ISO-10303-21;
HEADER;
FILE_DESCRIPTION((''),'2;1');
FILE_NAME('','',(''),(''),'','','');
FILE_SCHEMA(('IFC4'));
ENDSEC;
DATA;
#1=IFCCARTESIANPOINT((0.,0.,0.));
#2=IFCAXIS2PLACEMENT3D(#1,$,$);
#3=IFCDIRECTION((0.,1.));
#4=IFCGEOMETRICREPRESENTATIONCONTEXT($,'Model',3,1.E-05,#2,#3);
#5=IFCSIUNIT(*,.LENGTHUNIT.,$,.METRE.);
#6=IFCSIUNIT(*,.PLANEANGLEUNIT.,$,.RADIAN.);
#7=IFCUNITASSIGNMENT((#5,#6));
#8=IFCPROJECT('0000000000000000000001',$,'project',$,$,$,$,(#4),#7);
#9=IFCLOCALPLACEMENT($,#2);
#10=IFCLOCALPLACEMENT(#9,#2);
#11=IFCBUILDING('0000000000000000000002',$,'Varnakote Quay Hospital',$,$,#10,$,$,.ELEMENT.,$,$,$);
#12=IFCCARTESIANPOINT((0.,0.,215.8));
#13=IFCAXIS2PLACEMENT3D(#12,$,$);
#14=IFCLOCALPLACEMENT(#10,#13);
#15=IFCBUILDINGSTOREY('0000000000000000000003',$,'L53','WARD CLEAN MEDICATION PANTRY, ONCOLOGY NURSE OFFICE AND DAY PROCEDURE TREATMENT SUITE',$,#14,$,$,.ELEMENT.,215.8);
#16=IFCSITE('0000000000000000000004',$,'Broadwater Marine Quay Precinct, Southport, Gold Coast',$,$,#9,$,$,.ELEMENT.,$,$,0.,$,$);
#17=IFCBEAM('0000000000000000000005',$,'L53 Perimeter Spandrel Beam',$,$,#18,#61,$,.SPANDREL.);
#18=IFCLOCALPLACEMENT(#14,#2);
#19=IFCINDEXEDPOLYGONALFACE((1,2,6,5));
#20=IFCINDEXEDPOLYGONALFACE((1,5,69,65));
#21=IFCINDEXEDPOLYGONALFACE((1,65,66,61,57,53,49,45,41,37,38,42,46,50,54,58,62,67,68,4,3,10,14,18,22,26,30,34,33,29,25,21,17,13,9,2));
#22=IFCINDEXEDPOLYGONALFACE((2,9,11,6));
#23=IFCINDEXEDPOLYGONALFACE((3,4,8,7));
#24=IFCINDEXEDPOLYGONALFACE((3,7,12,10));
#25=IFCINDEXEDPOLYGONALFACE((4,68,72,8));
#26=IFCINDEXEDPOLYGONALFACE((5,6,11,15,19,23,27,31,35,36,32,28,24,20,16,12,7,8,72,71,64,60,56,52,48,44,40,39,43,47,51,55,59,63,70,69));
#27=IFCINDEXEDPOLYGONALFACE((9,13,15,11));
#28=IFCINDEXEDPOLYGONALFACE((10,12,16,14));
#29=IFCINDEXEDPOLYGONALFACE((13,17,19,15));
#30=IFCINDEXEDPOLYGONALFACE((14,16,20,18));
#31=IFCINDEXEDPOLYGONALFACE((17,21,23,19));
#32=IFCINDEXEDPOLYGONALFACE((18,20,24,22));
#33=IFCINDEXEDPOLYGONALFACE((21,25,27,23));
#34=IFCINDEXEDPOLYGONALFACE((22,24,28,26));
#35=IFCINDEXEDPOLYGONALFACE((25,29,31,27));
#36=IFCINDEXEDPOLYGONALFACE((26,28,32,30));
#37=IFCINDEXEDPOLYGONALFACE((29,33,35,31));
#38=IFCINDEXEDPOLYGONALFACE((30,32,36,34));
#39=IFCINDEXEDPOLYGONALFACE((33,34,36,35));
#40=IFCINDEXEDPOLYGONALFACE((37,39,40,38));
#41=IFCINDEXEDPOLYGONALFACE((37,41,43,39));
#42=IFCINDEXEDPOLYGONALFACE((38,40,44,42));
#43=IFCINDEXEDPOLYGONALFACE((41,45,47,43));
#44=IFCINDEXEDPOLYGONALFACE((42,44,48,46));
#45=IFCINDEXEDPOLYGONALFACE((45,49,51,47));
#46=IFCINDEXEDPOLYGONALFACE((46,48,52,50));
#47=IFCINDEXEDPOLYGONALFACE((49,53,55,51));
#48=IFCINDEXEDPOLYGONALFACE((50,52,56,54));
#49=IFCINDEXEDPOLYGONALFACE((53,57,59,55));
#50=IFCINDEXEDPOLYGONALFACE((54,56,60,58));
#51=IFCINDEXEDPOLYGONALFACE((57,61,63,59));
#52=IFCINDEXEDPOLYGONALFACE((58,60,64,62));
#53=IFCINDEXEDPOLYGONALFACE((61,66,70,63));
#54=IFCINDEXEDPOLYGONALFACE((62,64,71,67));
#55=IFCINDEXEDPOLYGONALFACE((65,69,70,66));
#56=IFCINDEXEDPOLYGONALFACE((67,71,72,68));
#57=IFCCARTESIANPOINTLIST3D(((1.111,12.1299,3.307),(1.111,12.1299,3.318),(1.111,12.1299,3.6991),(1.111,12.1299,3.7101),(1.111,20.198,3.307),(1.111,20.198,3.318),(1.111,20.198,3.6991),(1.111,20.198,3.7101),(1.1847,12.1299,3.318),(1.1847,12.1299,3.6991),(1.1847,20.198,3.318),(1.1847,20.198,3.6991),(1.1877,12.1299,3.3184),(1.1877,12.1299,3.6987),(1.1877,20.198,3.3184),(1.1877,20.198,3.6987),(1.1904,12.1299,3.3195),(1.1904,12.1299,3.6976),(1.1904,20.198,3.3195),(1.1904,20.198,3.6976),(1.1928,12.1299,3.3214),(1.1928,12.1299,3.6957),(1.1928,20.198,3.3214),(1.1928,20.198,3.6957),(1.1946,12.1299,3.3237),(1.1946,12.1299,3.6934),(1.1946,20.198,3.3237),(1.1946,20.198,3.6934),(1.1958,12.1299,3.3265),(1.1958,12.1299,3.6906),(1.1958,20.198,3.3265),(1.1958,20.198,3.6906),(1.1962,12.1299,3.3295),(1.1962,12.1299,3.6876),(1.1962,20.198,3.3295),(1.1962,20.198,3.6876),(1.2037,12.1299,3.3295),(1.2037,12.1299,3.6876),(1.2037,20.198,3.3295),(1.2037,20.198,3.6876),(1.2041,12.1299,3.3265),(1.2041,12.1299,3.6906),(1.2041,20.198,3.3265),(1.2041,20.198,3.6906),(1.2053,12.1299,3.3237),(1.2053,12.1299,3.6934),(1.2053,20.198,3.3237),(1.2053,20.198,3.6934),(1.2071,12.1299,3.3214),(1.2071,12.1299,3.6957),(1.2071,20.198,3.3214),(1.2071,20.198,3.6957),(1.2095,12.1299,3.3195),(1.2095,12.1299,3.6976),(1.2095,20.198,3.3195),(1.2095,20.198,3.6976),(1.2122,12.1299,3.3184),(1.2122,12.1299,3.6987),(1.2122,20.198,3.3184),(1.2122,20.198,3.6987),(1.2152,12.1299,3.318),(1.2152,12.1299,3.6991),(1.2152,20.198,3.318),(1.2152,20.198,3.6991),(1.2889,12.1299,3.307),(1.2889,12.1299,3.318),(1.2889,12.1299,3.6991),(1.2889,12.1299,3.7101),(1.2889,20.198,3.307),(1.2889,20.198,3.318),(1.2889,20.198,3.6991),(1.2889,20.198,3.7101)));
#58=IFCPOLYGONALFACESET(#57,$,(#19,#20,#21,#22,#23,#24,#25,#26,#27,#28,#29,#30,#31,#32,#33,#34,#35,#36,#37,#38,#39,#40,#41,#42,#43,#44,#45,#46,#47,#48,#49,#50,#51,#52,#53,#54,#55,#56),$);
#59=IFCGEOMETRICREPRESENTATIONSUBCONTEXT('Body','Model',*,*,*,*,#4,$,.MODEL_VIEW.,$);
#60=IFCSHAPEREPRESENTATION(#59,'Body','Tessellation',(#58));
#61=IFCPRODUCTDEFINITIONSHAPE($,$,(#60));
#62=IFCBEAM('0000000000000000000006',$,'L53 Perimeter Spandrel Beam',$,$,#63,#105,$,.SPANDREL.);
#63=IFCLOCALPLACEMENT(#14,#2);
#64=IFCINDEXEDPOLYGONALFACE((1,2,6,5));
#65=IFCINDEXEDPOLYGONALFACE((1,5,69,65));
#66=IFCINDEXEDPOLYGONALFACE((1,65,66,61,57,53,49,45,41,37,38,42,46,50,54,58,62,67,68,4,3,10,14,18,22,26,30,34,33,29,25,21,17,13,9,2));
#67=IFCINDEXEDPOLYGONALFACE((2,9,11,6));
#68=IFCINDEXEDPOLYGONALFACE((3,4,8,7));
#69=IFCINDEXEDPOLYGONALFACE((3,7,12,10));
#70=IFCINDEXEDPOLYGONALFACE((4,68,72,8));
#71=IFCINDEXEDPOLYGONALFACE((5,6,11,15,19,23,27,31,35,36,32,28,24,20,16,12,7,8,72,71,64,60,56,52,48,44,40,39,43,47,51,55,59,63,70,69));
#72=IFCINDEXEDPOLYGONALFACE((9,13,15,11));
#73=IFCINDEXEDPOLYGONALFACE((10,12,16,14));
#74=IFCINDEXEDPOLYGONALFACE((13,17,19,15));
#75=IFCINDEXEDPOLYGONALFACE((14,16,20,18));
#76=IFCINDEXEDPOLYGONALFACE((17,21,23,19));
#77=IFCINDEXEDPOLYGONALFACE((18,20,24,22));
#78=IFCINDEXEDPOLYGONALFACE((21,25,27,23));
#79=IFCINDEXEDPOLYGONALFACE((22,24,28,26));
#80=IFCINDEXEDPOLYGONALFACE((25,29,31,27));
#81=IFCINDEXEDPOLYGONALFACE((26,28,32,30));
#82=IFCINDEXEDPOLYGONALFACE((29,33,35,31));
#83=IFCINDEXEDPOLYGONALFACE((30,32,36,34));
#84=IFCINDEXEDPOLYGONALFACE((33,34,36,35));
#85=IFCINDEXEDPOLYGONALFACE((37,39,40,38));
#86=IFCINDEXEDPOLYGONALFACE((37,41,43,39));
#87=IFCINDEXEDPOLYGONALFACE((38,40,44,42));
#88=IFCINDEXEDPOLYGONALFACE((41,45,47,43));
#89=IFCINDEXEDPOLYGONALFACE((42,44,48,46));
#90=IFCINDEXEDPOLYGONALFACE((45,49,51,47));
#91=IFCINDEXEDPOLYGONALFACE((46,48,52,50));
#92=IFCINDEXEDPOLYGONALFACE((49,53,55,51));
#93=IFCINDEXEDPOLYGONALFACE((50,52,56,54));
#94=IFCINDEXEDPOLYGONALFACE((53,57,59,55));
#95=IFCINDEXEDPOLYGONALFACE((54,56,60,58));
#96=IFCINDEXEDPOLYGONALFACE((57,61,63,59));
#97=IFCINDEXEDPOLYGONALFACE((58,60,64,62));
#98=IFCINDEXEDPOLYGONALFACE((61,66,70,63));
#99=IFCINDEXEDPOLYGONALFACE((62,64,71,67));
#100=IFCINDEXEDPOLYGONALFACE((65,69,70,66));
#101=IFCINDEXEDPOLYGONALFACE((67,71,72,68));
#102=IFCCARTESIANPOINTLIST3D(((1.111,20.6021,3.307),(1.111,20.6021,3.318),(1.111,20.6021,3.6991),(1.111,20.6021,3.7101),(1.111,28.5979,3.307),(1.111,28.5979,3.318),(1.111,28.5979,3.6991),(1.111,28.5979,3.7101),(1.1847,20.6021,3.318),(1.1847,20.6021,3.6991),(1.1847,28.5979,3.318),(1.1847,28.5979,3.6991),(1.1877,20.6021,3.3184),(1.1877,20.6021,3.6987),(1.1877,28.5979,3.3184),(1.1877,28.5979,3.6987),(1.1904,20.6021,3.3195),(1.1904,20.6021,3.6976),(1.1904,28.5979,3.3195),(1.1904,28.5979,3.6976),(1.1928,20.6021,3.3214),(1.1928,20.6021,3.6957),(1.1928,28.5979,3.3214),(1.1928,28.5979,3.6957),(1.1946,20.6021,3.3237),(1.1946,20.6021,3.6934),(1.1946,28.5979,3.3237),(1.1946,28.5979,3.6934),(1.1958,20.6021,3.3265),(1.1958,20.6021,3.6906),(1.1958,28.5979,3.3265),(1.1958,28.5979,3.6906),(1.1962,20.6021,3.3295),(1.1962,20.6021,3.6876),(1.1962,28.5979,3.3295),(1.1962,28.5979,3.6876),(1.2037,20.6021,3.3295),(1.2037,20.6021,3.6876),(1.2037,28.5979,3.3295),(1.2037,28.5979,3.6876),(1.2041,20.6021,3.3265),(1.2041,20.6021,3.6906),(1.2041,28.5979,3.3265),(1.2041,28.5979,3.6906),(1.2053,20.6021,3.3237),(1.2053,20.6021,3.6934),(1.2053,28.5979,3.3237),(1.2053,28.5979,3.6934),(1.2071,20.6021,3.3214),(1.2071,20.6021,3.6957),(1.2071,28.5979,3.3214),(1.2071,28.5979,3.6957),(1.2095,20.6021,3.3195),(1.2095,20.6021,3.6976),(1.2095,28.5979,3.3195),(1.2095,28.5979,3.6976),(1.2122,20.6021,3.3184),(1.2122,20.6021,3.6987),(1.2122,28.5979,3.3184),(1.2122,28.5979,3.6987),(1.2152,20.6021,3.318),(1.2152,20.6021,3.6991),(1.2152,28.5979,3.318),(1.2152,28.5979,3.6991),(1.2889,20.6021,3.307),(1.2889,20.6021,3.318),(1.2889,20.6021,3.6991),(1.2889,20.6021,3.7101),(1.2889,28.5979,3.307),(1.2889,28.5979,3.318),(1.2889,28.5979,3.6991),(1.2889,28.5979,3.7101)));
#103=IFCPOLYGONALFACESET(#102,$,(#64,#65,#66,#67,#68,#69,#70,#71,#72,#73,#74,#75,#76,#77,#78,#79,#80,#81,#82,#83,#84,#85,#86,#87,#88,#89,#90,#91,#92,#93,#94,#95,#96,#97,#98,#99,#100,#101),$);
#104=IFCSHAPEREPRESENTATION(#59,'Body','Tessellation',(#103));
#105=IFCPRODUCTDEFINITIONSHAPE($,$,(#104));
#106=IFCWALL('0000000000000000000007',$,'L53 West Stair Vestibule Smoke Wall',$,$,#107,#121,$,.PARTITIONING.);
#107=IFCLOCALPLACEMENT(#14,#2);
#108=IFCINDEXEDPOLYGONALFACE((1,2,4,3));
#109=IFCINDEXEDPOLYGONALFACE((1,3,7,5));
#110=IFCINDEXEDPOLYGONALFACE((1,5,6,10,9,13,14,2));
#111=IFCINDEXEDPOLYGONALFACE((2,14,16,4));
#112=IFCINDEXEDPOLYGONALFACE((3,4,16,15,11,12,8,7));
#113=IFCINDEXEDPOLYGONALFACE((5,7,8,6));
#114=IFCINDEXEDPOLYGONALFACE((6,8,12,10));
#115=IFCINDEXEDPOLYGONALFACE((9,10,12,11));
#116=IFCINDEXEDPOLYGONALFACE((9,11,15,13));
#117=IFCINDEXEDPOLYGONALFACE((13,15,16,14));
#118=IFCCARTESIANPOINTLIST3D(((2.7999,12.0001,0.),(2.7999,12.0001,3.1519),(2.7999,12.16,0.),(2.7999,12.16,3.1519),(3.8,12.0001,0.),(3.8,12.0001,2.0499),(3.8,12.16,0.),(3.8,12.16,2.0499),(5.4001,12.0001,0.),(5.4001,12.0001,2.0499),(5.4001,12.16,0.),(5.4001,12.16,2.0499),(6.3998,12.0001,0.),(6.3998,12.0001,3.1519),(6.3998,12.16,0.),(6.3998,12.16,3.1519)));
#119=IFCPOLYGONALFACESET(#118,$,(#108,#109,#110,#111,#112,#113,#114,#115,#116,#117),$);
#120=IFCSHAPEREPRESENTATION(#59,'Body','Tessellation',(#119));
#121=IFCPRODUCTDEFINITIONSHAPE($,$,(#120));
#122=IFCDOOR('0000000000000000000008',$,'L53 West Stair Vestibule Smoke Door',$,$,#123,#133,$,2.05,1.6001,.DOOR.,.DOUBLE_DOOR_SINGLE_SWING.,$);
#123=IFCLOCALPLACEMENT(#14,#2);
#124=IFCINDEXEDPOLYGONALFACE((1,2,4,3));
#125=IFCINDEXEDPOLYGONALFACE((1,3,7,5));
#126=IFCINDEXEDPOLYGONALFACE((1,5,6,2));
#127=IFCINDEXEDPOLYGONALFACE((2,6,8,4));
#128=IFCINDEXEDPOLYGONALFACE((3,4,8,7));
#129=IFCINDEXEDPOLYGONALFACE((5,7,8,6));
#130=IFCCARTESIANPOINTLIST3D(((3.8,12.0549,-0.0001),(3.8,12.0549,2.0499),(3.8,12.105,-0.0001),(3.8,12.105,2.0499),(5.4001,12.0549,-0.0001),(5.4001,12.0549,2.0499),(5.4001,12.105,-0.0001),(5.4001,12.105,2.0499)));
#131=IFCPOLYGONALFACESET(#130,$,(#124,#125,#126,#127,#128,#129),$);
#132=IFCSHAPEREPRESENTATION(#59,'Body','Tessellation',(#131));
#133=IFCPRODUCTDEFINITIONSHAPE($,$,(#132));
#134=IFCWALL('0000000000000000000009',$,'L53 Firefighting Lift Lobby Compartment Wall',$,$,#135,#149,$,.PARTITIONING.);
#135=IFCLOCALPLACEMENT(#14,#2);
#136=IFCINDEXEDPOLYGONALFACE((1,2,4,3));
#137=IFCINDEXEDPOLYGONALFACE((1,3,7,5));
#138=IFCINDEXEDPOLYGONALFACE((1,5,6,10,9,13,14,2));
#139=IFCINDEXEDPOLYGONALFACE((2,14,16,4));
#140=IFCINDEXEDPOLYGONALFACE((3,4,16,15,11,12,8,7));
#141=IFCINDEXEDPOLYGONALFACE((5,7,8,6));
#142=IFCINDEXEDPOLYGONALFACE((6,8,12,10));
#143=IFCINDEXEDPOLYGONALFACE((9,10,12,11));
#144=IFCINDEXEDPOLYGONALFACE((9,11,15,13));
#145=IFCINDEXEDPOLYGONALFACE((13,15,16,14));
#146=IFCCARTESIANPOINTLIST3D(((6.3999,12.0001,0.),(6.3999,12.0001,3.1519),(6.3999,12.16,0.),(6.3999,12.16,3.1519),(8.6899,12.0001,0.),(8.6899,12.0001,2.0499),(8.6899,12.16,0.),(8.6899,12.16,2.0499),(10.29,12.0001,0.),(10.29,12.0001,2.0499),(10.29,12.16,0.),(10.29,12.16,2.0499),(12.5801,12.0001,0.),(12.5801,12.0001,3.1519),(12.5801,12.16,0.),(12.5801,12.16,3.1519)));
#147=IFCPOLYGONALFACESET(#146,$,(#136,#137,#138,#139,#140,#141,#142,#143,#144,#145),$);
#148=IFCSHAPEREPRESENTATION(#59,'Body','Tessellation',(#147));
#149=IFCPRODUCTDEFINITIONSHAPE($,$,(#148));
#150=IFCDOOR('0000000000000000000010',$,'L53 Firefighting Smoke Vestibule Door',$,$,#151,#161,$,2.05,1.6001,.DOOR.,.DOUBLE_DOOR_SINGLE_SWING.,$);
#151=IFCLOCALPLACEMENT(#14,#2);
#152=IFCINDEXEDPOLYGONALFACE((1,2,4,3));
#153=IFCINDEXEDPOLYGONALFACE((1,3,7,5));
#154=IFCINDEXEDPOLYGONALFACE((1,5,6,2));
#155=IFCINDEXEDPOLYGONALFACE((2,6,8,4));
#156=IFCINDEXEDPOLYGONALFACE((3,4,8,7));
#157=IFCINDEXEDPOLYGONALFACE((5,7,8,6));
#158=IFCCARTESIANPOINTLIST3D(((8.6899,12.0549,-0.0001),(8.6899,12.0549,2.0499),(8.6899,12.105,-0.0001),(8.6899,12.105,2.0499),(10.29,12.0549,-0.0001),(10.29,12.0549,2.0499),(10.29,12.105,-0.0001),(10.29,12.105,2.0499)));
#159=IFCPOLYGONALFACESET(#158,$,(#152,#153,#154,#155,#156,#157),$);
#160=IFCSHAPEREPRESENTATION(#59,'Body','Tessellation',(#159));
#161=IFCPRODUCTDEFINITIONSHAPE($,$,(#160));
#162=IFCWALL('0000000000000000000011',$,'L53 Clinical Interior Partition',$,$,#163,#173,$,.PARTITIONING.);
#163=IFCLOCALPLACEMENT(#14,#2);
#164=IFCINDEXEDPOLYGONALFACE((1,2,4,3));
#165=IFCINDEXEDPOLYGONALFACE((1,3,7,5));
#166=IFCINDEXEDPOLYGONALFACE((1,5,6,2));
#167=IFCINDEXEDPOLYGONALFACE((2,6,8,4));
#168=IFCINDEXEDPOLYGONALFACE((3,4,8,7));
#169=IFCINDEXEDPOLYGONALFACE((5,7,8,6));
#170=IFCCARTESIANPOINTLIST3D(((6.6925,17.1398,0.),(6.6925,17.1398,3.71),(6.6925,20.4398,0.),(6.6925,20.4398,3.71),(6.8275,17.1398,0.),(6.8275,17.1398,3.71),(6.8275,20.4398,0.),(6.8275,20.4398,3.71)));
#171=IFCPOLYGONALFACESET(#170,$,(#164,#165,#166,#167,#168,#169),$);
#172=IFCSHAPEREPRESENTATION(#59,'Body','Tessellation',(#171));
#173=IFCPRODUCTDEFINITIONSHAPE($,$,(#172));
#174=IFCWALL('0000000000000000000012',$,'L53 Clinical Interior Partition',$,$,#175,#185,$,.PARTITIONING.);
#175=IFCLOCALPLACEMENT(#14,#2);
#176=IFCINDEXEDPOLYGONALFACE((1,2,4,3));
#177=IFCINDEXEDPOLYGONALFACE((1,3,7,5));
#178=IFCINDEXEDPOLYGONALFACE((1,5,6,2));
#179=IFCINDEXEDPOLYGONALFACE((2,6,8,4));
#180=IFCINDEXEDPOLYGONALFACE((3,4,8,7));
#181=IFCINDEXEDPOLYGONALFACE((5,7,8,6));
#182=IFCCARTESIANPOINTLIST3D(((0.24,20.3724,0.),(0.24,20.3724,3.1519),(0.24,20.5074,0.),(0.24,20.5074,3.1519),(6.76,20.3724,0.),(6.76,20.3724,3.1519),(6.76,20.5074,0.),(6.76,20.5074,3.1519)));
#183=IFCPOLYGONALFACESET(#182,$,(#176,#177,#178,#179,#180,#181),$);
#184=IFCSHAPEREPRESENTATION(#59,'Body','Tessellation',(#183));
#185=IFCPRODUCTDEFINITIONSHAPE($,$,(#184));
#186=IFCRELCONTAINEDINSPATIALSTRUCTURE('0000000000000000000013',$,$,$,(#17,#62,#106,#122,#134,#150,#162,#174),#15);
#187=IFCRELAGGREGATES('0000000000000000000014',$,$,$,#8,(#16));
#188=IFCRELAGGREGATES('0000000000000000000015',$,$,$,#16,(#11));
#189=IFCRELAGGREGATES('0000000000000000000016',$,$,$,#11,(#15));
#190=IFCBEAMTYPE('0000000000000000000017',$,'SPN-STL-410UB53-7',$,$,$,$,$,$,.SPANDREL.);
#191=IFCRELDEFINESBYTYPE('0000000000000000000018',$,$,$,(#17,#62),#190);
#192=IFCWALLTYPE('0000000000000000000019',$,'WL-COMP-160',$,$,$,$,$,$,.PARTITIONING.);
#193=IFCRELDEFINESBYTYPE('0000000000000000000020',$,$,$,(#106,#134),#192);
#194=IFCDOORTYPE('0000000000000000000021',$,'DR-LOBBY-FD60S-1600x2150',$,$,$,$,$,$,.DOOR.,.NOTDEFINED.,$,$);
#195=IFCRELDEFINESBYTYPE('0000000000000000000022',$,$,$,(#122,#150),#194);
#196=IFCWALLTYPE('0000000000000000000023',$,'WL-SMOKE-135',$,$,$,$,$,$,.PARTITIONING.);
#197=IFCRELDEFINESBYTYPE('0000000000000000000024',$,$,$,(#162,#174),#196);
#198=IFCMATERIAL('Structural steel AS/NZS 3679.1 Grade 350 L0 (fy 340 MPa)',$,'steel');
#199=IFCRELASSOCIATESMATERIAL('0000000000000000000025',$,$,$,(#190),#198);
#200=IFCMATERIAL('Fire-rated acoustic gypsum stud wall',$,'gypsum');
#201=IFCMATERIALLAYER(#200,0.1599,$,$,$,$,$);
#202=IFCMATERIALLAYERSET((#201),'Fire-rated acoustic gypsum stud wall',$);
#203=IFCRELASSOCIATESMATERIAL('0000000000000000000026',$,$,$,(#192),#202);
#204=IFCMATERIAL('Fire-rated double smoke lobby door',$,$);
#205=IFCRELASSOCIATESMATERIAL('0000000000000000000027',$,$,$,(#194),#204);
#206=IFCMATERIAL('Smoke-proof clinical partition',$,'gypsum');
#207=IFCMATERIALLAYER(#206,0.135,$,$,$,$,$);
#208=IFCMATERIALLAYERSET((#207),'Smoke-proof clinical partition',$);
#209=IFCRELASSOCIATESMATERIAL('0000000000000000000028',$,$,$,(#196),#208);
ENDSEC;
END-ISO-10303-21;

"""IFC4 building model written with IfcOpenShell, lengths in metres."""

from ifc_helpers import new_model, si_unit, direction, frame, frame_2d, origin, origin_2d, place, context, subcontext, project, spatial, rectangle, i_section, extrude, material, layer, layer_set, material_profile, profile_set, type_object, element, fill, save


model = new_model("IFC4")

# Units and contexts
model_context = context("Model", 3, precision=1e-05, world=origin(), true_north=direction((0.0, 1.0)))
body_context = subcontext(model_context, "Body", "Model", "MODEL_VIEW")
ifc_project = project(units=[si_unit("LENGTHUNIT", "METRE"), si_unit("PLANEANGLEUNIT", "RADIAN")], contexts=[model_context])

# Site, building, storey
site_placement = place(None, origin())
site = spatial("IfcSite", under=ifc_project, at=site_placement, Name="Broadwater Marine Quay Precinct, Southport, Gold Coast", CompositionType="ELEMENT", RefElevation=0.0)
building_placement = place(site_placement, origin())
building = spatial("IfcBuilding", under=site, at=building_placement, Name="Varnakote Quay Hospital", CompositionType="ELEMENT")
storey_placement = place(building_placement, frame((0.0, 0.0, 215.8)))
storey = spatial("IfcBuildingStorey", under=building, at=storey_placement, Name="L53", Description="WARD CLEAN MEDICATION PANTRY, ONCOLOGY NURSE OFFICE AND DAY PROCEDURE TREATMENT SUITE", CompositionType="ELEMENT", Elevation=215.8)

# Beams
ifc_material_1 = material(Name="Structural steel AS/NZS 3679.1 Grade 350 L0 (fy 340 MPa)", Category="steel")
ifc_material_profile_1 = material_profile(ifc_material_1, i_section(OverallWidth=0.178, OverallDepth=0.4031, WebThickness=0.0076, FlangeThickness=0.011, FilletRadius=0.0115, at=origin_2d()), Name="410UB53.7")
ifc_profile_set_1 = profile_set([ifc_material_profile_1], Name="Structural steel AS/NZS 3679.1 Grade 350 L0 (fy 340 MPa)")
beam_type_1 = type_object("IfcBeamType", Name="SPN-STL-410UB53-7", PredefinedType="SPANDREL", material=ifc_profile_set_1)
beam_1_placement = place(storey_placement, frame((1.2, 12.1299, 3.5085), z_axis=(0.0, 1.0, 0.0), x_axis=(-1.0, 0.0, 0.0)))
element("IfcBeam", 1, at=beam_1_placement, inside=storey, type_object=beam_type_1, Name="L53 Perimeter Spandrel Beam", PredefinedType="SPANDREL", context=body_context, shape_type="SweptSolid", body=[
    extrude(i_section(OverallWidth=0.178, OverallDepth=0.4031, WebThickness=0.0076, FlangeThickness=0.011, FilletRadius=0.0115, at=origin_2d()), origin(), (0.0, 0.0, 1.0), 8.0681),
])
beam_2_placement = place(storey_placement, frame((1.2, 20.6021, 3.5085), z_axis=(0.0, 1.0, 0.0), x_axis=(-1.0, 0.0, 0.0)))
element("IfcBeam", 2, at=beam_2_placement, inside=storey, type_object=beam_type_1, Name="L53 Perimeter Spandrel Beam", PredefinedType="SPANDREL", context=body_context, shape_type="SweptSolid", body=[
    extrude(i_section(OverallWidth=0.178, OverallDepth=0.4031, WebThickness=0.0076, FlangeThickness=0.011, FilletRadius=0.0115, at=origin_2d()), origin(), (0.0, 0.0, 1.0), 7.9958),
])

# Walls, openings, doors
ifc_material_2 = material(Name="Fire-rated acoustic gypsum stud wall", Category="gypsum")
ifc_layer_1 = layer(ifc_material_2, 0.1599)
ifc_layer_set_1 = layer_set([ifc_layer_1], Name="Fire-rated acoustic gypsum stud wall")
wall_type_1 = type_object("IfcWallType", Name="WL-COMP-160", PredefinedType="PARTITIONING", material=ifc_layer_set_1)
wall_1_placement = place(storey_placement, frame((2.8, 12.0801, 0.0), z_axis=(0.0, 0.0, 1.0), x_axis=(1.0, 0.0, 0.0)))
wall_1 = element("IfcWall", 3, at=wall_1_placement, inside=storey, type_object=wall_type_1, Name="L53 West Stair Vestibule Smoke Wall", PredefinedType="PARTITIONING", context=body_context, shape_type="SweptSolid", body=[
    extrude(rectangle(XDim=3.5999, YDim=0.1599, at=frame_2d((1.7998, 0.0))), origin(), (0.0, 0.0, 1.0), 3.1519),
])
opening_1_placement = place(wall_1_placement, frame((1.0, 0.0, 0.0)))
opening_1 = element("IfcOpeningElement", 4, at=opening_1_placement, cuts=wall_1, PredefinedType="OPENING", context=body_context, shape_type="SweptSolid", body=[
    extrude(rectangle(XDim=1.6001, YDim=2.05, at=frame_2d((0.8, 1.0249))), frame((0.0, 0.0898, 0.0), z_axis=(0.0, -1.0, 0.0), x_axis=(1.0, 0.0, 0.0)), (0.0, 0.0, 1.0), 0.1799),
])
ifc_material_3 = material(Name="Fire-rated double smoke lobby door")
door_type_1 = type_object("IfcDoorType", Name="DR-LOBBY-FD60S-1600x2150", OperationType="NOTDEFINED", PredefinedType="DOOR", material=ifc_material_3)
door_1_placement = place(opening_1_placement, origin())
door_1 = element("IfcDoor", 5, at=door_1_placement, inside=storey, type_object=door_type_1, Name="L53 West Stair Vestibule Smoke Door", OperationType="DOUBLE_DOOR_SINGLE_SWING", OverallHeight=2.05, OverallWidth=1.6001, PredefinedType="DOOR", context=body_context, shape_type="SweptSolid", body=[
    extrude(rectangle(XDim=1.6001, YDim=2.05, at=frame_2d((0.8, 1.0249))), frame((0.0, 0.0249, 0.0), z_axis=(0.0, -1.0, 0.0), x_axis=(1.0, 0.0, 0.0)), (0.0, 0.0, 1.0), 0.05),
])
fill(opening_1, door_1)
wall_2_placement = place(storey_placement, frame((6.3999, 12.0801, 0.0), z_axis=(0.0, 0.0, 1.0), x_axis=(1.0, 0.0, 0.0)))
wall_2 = element("IfcWall", 6, at=wall_2_placement, inside=storey, type_object=wall_type_1, Name="L53 Firefighting Lift Lobby Compartment Wall", PredefinedType="PARTITIONING", context=body_context, shape_type="SweptSolid", body=[
    extrude(rectangle(XDim=6.1802, YDim=0.1599, at=frame_2d((3.0901, 0.0))), origin(), (0.0, 0.0, 1.0), 3.1519),
])
opening_2_placement = place(wall_2_placement, frame((2.29, 0.0, 0.0)))
opening_2 = element("IfcOpeningElement", 7, at=opening_2_placement, cuts=wall_2, PredefinedType="OPENING", context=body_context, shape_type="SweptSolid", body=[
    extrude(rectangle(XDim=1.6001, YDim=2.05, at=frame_2d((0.8, 1.0249))), frame((0.0, 0.0898, 0.0), z_axis=(0.0, -1.0, 0.0), x_axis=(1.0, 0.0, 0.0)), (0.0, 0.0, 1.0), 0.1799),
])
door_2_placement = place(opening_2_placement, origin())
door_2 = element("IfcDoor", 8, at=door_2_placement, inside=storey, type_object=door_type_1, Name="L53 Firefighting Smoke Vestibule Door", OperationType="DOUBLE_DOOR_SINGLE_SWING", OverallHeight=2.05, OverallWidth=1.6001, PredefinedType="DOOR", context=body_context, shape_type="SweptSolid", body=[
    extrude(rectangle(XDim=1.6001, YDim=2.05, at=frame_2d((0.8, 1.0249))), frame((0.0, 0.0249, 0.0), z_axis=(0.0, -1.0, 0.0), x_axis=(1.0, 0.0, 0.0)), (0.0, 0.0, 1.0), 0.05),
])
fill(opening_2, door_2)

# Walls
ifc_material_4 = material(Name="Smoke-proof clinical partition", Category="gypsum")
ifc_layer_2 = layer(ifc_material_4, 0.135)
ifc_layer_set_2 = layer_set([ifc_layer_2], Name="Smoke-proof clinical partition")
wall_type_2 = type_object("IfcWallType", Name="WL-SMOKE-135", PredefinedType="PARTITIONING", material=ifc_layer_set_2)
wall_3_placement = place(storey_placement, frame((6.76, 17.1399, 0.0), z_axis=(0.0, 0.0, 1.0), x_axis=(0.0, 1.0, 0.0)))
element("IfcWall", 9, at=wall_3_placement, inside=storey, type_object=wall_type_2, Name="L53 Clinical Interior Partition", PredefinedType="PARTITIONING", context=body_context, shape_type="SweptSolid", body=[
    extrude(rectangle(XDim=3.3, YDim=0.135, at=frame_2d((1.6499, 0.0))), origin(), (0.0, 0.0, 1.0), 3.71),
])
wall_4_placement = place(storey_placement, frame((6.76, 20.4399, 0.0), z_axis=(0.0, 0.0, 1.0), x_axis=(-1.0, 0.0, 0.0)))
element("IfcWall", 10, at=wall_4_placement, inside=storey, type_object=wall_type_2, Name="L53 Clinical Interior Partition", PredefinedType="PARTITIONING", context=body_context, shape_type="SweptSolid", body=[
    extrude(rectangle(XDim=6.52, YDim=0.135, at=frame_2d((3.26, 0.0))), origin(), (0.0, 0.0, 1.0), 3.1519),
])

save(model, "model.ifc")
